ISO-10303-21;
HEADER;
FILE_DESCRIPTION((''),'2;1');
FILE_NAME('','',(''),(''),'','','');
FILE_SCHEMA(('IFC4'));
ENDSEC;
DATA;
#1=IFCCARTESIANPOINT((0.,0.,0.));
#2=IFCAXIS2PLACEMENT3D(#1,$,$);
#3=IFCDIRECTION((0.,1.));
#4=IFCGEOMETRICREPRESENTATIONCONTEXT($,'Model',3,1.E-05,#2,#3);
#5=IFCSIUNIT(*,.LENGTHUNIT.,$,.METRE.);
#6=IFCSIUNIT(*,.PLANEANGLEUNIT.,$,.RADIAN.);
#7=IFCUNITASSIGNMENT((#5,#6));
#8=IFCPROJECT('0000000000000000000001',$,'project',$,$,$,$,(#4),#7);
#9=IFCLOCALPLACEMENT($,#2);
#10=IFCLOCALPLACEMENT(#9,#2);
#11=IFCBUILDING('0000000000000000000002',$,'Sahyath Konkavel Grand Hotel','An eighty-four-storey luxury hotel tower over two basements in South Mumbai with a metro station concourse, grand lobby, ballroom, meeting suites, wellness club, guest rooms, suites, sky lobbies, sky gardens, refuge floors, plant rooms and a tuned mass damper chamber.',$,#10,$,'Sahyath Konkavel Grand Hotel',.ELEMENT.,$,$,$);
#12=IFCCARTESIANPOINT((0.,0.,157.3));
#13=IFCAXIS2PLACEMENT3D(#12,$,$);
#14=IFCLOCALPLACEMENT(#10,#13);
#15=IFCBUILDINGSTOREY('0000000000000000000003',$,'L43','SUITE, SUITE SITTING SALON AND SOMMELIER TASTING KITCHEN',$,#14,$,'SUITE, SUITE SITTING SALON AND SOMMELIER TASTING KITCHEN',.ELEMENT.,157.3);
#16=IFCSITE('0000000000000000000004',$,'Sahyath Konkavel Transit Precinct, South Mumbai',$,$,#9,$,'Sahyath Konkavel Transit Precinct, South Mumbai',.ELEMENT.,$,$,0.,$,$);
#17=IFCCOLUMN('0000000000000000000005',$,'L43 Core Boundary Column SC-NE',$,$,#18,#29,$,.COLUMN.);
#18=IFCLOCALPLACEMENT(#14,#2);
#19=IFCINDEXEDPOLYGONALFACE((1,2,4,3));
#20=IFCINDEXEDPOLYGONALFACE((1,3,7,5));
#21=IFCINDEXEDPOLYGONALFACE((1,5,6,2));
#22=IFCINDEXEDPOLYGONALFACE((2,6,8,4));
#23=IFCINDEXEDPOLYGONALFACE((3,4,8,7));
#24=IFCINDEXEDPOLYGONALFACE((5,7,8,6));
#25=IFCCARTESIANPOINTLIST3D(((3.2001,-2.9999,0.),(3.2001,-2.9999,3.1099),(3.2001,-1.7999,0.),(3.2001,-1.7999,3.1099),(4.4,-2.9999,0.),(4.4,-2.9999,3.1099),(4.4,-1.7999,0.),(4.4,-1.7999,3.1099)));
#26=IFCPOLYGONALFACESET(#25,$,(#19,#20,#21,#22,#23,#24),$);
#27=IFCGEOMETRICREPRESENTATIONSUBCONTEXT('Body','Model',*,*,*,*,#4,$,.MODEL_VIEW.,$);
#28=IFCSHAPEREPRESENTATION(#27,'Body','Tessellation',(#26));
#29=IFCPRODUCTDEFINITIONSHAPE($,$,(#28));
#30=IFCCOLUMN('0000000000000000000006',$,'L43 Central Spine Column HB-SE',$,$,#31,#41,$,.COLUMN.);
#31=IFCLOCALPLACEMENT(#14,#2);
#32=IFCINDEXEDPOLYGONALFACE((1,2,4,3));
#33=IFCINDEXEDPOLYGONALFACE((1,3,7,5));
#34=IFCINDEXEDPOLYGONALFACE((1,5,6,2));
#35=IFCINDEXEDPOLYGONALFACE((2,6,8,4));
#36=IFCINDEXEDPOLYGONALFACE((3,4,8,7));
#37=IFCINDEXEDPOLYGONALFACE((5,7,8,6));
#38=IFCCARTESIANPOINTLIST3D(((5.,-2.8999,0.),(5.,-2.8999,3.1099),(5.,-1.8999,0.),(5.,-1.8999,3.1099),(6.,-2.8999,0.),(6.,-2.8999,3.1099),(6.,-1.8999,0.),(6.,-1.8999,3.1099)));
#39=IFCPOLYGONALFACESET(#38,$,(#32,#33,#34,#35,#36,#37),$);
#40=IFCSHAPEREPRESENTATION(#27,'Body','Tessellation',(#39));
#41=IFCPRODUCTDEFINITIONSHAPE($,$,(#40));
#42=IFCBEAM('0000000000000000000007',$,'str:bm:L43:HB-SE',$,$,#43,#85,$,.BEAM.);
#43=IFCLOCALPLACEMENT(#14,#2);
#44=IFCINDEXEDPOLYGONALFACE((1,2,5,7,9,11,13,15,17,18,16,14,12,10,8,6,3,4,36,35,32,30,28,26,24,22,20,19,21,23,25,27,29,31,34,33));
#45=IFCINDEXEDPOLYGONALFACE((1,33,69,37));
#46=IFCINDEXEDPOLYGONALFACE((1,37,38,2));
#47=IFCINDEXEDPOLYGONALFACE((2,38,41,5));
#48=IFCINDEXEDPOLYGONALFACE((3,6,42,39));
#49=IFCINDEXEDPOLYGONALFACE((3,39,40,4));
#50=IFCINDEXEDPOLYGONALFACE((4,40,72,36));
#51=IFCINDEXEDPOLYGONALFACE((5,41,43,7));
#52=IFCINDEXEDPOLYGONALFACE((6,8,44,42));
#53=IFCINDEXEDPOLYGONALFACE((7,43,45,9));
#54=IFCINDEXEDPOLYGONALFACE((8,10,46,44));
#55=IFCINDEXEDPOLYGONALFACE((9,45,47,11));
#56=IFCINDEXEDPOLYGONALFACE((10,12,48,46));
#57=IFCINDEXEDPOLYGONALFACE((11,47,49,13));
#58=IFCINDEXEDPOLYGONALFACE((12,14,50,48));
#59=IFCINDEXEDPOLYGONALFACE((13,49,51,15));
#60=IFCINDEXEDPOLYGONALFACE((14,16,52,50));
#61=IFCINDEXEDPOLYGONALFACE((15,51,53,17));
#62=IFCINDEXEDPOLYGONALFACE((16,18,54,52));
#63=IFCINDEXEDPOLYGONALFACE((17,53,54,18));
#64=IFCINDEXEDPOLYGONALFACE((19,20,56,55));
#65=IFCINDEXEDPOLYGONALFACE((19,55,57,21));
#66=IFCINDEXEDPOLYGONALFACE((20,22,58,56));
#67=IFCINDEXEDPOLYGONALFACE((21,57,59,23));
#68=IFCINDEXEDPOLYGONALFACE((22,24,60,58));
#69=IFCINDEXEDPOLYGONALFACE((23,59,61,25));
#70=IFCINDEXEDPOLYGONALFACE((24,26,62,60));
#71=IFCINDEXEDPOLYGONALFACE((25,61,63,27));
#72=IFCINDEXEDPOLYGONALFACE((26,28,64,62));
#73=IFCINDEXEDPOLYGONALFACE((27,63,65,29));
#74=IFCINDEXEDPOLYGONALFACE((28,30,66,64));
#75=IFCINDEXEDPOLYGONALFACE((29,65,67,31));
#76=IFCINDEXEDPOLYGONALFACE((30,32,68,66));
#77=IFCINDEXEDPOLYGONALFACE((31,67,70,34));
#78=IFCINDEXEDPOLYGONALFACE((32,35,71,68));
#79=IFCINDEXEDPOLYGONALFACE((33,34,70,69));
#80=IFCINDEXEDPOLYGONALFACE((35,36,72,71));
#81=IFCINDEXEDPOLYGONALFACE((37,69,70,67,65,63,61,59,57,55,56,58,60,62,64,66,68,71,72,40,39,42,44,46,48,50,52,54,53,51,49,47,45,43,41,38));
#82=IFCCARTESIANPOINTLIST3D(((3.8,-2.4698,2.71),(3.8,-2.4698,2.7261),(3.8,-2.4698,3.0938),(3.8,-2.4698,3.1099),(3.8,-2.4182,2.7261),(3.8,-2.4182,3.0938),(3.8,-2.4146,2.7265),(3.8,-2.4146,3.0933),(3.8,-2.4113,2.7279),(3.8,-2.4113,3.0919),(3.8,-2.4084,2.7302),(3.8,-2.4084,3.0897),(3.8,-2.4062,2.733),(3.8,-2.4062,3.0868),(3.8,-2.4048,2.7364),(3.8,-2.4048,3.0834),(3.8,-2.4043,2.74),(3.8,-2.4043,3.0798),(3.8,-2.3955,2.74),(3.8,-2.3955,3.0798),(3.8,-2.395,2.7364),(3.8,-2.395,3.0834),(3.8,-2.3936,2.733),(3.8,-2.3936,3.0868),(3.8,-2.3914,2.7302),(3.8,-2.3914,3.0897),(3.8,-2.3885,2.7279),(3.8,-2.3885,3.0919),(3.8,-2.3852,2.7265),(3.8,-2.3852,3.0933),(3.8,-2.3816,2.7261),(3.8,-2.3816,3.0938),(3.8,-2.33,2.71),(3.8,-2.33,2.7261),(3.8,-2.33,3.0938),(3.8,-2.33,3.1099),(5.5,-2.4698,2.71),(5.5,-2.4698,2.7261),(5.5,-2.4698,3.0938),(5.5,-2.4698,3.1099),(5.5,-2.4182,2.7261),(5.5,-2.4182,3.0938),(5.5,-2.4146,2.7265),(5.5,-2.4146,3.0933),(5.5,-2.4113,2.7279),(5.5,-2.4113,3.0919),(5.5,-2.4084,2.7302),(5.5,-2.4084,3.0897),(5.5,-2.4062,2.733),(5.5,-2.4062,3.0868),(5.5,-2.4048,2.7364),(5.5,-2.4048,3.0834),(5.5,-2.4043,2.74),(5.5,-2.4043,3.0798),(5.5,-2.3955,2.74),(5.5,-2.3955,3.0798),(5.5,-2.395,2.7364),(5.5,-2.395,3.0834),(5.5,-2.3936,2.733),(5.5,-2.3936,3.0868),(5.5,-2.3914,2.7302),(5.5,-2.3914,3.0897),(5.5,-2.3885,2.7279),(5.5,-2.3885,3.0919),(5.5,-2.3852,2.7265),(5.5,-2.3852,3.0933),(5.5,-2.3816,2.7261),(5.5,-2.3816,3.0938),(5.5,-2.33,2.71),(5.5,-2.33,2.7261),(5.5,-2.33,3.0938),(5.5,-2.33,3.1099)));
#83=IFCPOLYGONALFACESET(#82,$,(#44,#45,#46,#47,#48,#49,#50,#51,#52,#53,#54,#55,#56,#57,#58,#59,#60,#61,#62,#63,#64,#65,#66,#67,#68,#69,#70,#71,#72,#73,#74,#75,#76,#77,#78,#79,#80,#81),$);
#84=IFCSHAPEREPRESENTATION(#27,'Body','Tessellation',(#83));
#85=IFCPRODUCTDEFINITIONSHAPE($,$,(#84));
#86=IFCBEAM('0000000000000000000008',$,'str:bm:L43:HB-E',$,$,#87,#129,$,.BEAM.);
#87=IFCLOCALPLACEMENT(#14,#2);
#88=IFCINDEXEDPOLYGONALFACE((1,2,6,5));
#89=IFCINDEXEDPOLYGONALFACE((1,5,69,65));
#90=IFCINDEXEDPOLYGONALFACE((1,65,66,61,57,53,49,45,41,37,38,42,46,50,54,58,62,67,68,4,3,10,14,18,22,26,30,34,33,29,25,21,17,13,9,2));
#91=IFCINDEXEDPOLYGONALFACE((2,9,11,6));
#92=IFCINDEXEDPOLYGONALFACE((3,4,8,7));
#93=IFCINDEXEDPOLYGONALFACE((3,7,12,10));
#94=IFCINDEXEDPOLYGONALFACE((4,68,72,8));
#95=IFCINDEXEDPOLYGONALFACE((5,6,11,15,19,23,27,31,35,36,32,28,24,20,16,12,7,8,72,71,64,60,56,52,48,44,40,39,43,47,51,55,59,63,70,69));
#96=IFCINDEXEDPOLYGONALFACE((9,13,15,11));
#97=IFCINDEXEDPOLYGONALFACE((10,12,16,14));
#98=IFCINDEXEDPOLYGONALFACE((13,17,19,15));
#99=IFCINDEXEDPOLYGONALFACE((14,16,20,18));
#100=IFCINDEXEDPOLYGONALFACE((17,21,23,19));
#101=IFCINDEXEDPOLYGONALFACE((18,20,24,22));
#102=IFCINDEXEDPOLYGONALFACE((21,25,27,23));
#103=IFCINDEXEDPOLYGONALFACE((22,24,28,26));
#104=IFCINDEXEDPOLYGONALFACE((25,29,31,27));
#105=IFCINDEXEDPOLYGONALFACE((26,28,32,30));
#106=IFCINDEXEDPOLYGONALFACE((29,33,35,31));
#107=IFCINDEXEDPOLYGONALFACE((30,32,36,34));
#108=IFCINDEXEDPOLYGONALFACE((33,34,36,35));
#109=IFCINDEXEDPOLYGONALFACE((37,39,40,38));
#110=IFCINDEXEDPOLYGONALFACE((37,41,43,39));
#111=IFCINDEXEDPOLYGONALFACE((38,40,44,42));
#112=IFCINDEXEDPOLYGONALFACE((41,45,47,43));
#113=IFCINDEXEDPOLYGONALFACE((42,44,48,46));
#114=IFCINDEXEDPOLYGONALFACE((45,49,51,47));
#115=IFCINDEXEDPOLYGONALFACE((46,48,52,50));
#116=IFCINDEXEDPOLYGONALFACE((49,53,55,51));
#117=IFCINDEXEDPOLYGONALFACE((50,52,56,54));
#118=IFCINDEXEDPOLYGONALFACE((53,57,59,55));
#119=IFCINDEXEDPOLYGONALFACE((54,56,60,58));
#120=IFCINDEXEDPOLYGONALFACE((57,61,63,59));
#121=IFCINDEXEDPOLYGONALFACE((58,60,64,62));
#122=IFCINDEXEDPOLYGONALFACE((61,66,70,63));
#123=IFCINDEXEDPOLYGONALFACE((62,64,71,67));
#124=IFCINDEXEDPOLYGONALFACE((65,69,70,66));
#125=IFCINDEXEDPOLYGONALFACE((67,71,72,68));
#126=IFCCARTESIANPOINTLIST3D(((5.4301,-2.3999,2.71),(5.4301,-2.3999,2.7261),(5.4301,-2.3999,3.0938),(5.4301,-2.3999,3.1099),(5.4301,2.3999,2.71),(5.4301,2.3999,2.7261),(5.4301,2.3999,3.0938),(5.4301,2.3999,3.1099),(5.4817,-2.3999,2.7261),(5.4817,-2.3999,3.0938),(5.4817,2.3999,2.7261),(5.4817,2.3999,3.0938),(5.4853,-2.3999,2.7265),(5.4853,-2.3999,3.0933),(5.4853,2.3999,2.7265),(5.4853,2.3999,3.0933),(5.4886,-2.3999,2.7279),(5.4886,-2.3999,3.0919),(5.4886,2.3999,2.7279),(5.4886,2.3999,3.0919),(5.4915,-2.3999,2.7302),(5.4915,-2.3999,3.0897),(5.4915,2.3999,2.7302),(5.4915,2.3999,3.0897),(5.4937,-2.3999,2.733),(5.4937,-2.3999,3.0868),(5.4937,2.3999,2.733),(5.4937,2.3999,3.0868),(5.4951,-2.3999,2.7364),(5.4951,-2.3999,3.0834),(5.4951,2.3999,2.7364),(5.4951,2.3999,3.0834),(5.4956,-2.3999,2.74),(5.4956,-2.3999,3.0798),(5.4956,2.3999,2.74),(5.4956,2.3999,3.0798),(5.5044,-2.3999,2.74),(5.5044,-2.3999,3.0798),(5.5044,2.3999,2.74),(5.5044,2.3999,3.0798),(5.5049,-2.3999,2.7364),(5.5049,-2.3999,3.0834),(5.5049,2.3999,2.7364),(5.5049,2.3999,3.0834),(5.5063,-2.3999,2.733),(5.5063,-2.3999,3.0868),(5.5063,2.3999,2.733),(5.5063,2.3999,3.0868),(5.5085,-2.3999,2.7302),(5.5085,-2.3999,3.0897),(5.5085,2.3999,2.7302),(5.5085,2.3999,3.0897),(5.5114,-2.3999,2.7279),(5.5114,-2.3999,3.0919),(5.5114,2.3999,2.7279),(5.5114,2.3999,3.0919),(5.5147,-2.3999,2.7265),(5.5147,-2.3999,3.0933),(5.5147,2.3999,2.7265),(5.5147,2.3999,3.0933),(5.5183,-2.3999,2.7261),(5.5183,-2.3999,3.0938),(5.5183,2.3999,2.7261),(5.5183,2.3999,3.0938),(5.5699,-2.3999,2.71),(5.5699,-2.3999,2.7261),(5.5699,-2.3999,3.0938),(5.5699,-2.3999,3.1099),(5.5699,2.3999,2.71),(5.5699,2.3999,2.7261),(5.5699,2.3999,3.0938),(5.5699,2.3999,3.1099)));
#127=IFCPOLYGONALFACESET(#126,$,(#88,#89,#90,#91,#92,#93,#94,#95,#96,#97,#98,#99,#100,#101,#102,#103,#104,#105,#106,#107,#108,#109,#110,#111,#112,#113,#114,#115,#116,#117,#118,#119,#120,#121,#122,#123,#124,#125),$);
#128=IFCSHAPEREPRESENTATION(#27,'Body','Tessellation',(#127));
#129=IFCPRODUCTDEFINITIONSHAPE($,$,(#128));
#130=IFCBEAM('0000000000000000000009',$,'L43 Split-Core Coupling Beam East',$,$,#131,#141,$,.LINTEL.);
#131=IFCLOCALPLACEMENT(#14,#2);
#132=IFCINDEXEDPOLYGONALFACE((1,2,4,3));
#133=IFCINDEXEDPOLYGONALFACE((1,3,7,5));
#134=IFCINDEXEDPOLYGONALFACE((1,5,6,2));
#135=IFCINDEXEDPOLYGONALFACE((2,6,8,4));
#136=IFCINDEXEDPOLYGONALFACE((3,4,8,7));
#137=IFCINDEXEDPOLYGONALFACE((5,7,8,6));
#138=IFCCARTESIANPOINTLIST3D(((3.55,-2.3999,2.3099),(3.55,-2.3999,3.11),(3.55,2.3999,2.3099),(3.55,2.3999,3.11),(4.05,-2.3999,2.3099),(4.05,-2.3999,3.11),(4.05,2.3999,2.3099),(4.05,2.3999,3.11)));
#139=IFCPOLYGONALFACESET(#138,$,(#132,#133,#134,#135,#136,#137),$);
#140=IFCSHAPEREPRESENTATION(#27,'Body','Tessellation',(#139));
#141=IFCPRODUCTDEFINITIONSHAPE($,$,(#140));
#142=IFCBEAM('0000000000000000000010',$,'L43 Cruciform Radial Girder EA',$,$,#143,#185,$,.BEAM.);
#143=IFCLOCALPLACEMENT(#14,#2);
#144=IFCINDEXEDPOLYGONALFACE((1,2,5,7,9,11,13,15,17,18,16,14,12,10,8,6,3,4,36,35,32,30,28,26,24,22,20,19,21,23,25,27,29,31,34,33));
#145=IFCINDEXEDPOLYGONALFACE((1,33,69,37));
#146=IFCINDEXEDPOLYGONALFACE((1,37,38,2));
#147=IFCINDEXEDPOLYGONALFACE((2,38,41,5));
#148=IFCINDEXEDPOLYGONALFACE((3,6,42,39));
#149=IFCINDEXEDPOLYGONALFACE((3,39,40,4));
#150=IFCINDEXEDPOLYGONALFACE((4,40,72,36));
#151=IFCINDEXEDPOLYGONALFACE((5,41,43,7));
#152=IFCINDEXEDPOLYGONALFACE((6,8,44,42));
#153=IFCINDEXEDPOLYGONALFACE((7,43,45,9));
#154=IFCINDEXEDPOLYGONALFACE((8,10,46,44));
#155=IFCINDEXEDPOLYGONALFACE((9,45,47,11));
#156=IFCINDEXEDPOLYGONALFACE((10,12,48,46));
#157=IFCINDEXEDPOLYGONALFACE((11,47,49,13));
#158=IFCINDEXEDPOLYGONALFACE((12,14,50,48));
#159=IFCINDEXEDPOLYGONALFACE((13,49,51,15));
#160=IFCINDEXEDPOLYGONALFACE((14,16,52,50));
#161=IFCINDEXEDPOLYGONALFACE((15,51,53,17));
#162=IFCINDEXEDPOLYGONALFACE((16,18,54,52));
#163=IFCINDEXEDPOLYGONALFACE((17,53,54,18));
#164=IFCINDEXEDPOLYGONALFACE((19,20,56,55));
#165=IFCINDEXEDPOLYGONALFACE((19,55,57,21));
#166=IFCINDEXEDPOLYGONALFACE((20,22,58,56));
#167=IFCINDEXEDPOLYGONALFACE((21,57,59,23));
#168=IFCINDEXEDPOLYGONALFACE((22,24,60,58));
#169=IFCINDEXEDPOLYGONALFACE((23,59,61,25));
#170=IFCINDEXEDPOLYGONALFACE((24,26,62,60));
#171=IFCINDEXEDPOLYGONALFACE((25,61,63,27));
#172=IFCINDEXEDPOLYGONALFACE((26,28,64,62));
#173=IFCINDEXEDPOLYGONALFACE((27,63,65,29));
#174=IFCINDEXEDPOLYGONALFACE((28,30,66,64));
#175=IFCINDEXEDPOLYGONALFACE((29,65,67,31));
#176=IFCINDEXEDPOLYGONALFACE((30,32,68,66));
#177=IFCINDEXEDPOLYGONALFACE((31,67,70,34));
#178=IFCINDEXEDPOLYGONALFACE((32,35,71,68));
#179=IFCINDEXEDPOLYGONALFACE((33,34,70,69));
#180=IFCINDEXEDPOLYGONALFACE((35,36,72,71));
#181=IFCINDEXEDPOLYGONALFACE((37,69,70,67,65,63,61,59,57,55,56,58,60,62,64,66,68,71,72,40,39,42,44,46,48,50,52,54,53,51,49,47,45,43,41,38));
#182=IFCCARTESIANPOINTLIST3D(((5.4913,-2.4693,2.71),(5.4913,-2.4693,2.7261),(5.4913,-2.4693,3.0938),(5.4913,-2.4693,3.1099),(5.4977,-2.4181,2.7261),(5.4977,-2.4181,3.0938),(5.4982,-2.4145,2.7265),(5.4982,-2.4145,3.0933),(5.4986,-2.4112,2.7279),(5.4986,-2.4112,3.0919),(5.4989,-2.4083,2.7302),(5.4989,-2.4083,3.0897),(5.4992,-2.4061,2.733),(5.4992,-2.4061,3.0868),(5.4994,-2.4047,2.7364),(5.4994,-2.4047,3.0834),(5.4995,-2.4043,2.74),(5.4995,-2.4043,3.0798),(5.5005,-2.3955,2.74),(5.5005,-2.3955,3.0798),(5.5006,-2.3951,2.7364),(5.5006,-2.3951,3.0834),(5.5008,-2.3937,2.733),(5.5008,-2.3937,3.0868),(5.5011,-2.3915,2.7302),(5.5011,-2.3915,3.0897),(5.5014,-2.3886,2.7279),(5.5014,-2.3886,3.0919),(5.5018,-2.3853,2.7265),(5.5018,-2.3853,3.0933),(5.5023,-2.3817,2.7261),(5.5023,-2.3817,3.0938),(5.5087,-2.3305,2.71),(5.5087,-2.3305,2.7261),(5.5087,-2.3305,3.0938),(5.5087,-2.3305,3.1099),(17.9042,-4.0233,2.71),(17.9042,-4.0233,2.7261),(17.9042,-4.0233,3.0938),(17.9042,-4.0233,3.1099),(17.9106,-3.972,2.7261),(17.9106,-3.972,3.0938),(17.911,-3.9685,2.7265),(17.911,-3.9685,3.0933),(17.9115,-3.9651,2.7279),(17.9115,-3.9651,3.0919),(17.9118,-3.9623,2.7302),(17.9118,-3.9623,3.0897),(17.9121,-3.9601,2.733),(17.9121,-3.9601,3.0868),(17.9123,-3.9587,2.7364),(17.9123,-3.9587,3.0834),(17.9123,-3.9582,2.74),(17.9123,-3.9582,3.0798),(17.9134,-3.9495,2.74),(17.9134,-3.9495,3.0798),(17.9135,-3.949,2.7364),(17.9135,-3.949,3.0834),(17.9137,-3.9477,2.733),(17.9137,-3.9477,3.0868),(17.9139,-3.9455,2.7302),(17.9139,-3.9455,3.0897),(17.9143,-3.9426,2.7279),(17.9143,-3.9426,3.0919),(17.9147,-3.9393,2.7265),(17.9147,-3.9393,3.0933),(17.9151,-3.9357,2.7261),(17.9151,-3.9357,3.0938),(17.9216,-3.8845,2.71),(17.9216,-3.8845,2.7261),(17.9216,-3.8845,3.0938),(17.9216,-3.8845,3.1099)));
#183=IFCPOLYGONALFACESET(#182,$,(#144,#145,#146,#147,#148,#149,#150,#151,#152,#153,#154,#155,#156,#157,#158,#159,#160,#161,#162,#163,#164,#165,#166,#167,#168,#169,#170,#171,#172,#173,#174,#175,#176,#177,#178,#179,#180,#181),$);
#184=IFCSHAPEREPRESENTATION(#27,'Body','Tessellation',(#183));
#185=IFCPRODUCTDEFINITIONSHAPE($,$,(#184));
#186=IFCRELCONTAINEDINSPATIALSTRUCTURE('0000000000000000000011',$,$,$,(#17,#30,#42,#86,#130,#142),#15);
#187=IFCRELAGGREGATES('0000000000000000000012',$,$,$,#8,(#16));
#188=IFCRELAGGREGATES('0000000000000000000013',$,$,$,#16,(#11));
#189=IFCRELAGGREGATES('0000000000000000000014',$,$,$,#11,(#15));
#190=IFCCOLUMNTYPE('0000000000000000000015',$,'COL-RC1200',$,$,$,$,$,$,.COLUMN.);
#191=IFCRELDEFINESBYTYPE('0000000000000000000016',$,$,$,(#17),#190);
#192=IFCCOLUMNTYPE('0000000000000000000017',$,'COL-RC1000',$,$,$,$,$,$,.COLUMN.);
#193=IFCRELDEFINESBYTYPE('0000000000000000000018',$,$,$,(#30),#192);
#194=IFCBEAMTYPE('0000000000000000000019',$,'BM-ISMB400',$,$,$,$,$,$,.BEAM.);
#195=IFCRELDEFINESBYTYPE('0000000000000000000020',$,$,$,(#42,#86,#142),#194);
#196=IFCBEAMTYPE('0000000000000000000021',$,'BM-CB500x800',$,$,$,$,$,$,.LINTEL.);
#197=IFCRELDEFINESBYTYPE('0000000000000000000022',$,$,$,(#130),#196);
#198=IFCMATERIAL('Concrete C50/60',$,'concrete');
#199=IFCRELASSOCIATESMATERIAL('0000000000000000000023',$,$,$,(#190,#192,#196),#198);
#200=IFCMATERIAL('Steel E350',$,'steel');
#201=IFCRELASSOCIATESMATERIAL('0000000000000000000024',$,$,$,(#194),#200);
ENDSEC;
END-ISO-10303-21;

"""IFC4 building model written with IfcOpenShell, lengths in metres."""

from ifc_helpers import new_model, si_unit, direction, frame, origin, origin_2d, place, context, subcontext, project, spatial, rectangle, i_section, extrude, source, transform, mapped, material, material_profile, profile_set, type_object, element, save


model = new_model("IFC4")

# Units and contexts
model_context = context("Model", 3, precision=1e-05, world=origin(), true_north=direction((0.0, 1.0)))
body_context = subcontext(model_context, "Body", "Model", "MODEL_VIEW")
ifc_project = project(units=[si_unit("LENGTHUNIT", "METRE"), si_unit("PLANEANGLEUNIT", "RADIAN")], contexts=[model_context])

# Site, building, storey
site_placement = place(None, origin())
site = spatial("IfcSite", under=ifc_project, at=site_placement, Name="Sahyath Konkavel Transit Precinct, South Mumbai", LongName="Sahyath Konkavel Transit Precinct, South Mumbai", CompositionType="ELEMENT", RefElevation=0.0)
building_placement = place(site_placement, origin())
building = spatial("IfcBuilding", under=site, at=building_placement, Name="Sahyath Konkavel Grand Hotel", Description="An eighty-four-storey luxury hotel tower over two basements in South Mumbai with a metro station concourse, grand lobby, ballroom, meeting suites, wellness club, guest rooms, suites, sky lobbies, sky gardens, refuge floors, plant rooms and a tuned mass damper chamber.", LongName="Sahyath Konkavel Grand Hotel", CompositionType="ELEMENT")
storey_placement = place(building_placement, frame((0.0, 0.0, 157.3)))
storey = spatial("IfcBuildingStorey", under=building, at=storey_placement, Name="L43", Description="SUITE, SUITE SITTING SALON AND SOMMELIER TASTING KITCHEN", LongName="SUITE, SUITE SITTING SALON AND SOMMELIER TASTING KITCHEN", CompositionType="ELEMENT", Elevation=157.3)

# Columns
ifc_material_1 = material(Name="Concrete C50/60", Category="concrete")
ifc_material_profile_1 = material_profile(ifc_material_1, rectangle(XDim=1.2, YDim=1.2, at=origin_2d()), Name="RC 1200x1200")
ifc_profile_set_1 = profile_set([ifc_material_profile_1], Name="Concrete C50/60")
column_type_1 = type_object("IfcColumnType", Name="COL-RC1200", PredefinedType="COLUMN", material=ifc_profile_set_1)
shared_shape_1 = source(origin(), body_context, "Body", "SweptSolid", [
    extrude(rectangle(XDim=1.2, YDim=1.2, at=origin_2d()), origin(), (0.0, 0.0, 1.0), 3.1099),
])
column_1_placement = place(storey_placement, frame((3.8, -2.3999, 0.0), z_axis=(0.0, 0.0, 1.0), x_axis=(1.0, 0.0, 0.0)))
element("IfcColumn", 1, at=column_1_placement, inside=storey, type_object=column_type_1, Name="L43 Core Boundary Column SC-NE", PredefinedType="COLUMN", context=body_context, shape_type="MappedRepresentation", body=[
    mapped(shared_shape_1, transform((0.0, 0.0, 0.0), scale=1.0)),
])
ifc_material_profile_2 = material_profile(ifc_material_1, rectangle(XDim=1.0, YDim=1.0, at=origin_2d()), Name="RC 1000x1000")
ifc_profile_set_2 = profile_set([ifc_material_profile_2], Name="Concrete C50/60")
column_type_2 = type_object("IfcColumnType", Name="COL-RC1000", PredefinedType="COLUMN", material=ifc_profile_set_2)
shared_shape_2 = source(origin(), body_context, "Body", "SweptSolid", [
    extrude(rectangle(XDim=1.0, YDim=1.0, at=origin_2d()), origin(), (0.0, 0.0, 1.0), 3.1099),
])
column_2_placement = place(storey_placement, frame((5.5, -2.3999, 0.0), z_axis=(0.0, 0.0, 1.0), x_axis=(1.0, 0.0, 0.0)))
element("IfcColumn", 2, at=column_2_placement, inside=storey, type_object=column_type_2, Name="L43 Central Spine Column HB-SE", PredefinedType="COLUMN", context=body_context, shape_type="MappedRepresentation", body=[
    mapped(shared_shape_2, transform((0.0, 0.0, 0.0), scale=1.0)),
])

# Beams
ifc_material_2 = material(Name="Steel E350", Category="steel")
ifc_material_profile_3 = material_profile(ifc_material_2, i_section(OverallWidth=0.1399, OverallDepth=0.3999, WebThickness=0.0088, FlangeThickness=0.0161, FilletRadius=0.0139, at=origin_2d()), Name="ISMB 400")
ifc_profile_set_3 = profile_set([ifc_material_profile_3], Name="Steel E350")
beam_type_1 = type_object("IfcBeamType", Name="BM-ISMB400", PredefinedType="BEAM", material=ifc_profile_set_3)
shared_shape_3 = source(origin(), body_context, "Body", "SweptSolid", [
    extrude(i_section(OverallWidth=0.1399, OverallDepth=0.3999, WebThickness=0.0088, FlangeThickness=0.0161, FilletRadius=0.0139, at=origin_2d()), origin(), (0.0, 0.0, 1.0), 1.7),
])
beam_1_placement = place(storey_placement, frame((3.8, -2.3999, 2.9099), z_axis=(1.0, 0.0, 0.0), x_axis=(0.0, 1.0, 0.0)))
element("IfcBeam", 3, at=beam_1_placement, inside=storey, type_object=beam_type_1, Name="str:bm:L43:HB-SE", PredefinedType="BEAM", context=body_context, shape_type="MappedRepresentation", body=[
    mapped(shared_shape_3, transform((0.0, 0.0, 0.0), scale=1.0)),
])
shared_shape_4 = source(origin(), body_context, "Body", "SweptSolid", [
    extrude(i_section(OverallWidth=0.1399, OverallDepth=0.3999, WebThickness=0.0088, FlangeThickness=0.0161, FilletRadius=0.0139, at=origin_2d()), origin(), (0.0, 0.0, 1.0), 4.7998),
])
beam_2_placement = place(storey_placement, frame((5.5, -2.3999, 2.9099), z_axis=(0.0, 1.0, 0.0), x_axis=(-1.0, 0.0, 0.0)))
element("IfcBeam", 4, at=beam_2_placement, inside=storey, type_object=beam_type_1, Name="str:bm:L43:HB-E", PredefinedType="BEAM", context=body_context, shape_type="MappedRepresentation", body=[
    mapped(shared_shape_4, transform((0.0, 0.0, 0.0), scale=1.0)),
])
ifc_material_profile_4 = material_profile(ifc_material_1, rectangle(XDim=0.5, YDim=0.8, at=origin_2d()), Name="RC 500x800")
ifc_profile_set_4 = profile_set([ifc_material_profile_4], Name="Concrete C50/60")
beam_type_2 = type_object("IfcBeamType", Name="BM-CB500x800", PredefinedType="LINTEL", material=ifc_profile_set_4)
shared_shape_5 = source(origin(), body_context, "Body", "SweptSolid", [
    extrude(rectangle(XDim=0.5, YDim=0.8, at=origin_2d()), origin(), (0.0, 0.0, 1.0), 4.7998),
])
beam_3_placement = place(storey_placement, frame((3.8, -2.3999, 2.71), z_axis=(0.0, 1.0, 0.0), x_axis=(-1.0, 0.0, 0.0)))
element("IfcBeam", 5, at=beam_3_placement, inside=storey, type_object=beam_type_2, Name="L43 Split-Core Coupling Beam East", PredefinedType="LINTEL", context=body_context, shape_type="MappedRepresentation", body=[
    mapped(shared_shape_5, transform((0.0, 0.0, 0.0), scale=1.0)),
])
shared_shape_6 = source(origin(), body_context, "Body", "SweptSolid", [
    extrude(i_section(OverallWidth=0.1399, OverallDepth=0.3999, WebThickness=0.0088, FlangeThickness=0.0161, FilletRadius=0.0139, at=origin_2d()), origin(), (0.0, 0.0, 1.0), 12.5098),
])
beam_4_placement = place(storey_placement, frame((5.5, -2.3999, 2.9099), z_axis=(0.992255, -0.12422, 0.0), x_axis=(0.12422, 0.992255, 0.0)))
element("IfcBeam", 6, at=beam_4_placement, inside=storey, type_object=beam_type_1, Name="L43 Cruciform Radial Girder EA", PredefinedType="BEAM", context=body_context, shape_type="MappedRepresentation", body=[
    mapped(shared_shape_6, transform((0.0, 0.0, 0.0), scale=1.0)),
])

save(model, "model.ifc")
